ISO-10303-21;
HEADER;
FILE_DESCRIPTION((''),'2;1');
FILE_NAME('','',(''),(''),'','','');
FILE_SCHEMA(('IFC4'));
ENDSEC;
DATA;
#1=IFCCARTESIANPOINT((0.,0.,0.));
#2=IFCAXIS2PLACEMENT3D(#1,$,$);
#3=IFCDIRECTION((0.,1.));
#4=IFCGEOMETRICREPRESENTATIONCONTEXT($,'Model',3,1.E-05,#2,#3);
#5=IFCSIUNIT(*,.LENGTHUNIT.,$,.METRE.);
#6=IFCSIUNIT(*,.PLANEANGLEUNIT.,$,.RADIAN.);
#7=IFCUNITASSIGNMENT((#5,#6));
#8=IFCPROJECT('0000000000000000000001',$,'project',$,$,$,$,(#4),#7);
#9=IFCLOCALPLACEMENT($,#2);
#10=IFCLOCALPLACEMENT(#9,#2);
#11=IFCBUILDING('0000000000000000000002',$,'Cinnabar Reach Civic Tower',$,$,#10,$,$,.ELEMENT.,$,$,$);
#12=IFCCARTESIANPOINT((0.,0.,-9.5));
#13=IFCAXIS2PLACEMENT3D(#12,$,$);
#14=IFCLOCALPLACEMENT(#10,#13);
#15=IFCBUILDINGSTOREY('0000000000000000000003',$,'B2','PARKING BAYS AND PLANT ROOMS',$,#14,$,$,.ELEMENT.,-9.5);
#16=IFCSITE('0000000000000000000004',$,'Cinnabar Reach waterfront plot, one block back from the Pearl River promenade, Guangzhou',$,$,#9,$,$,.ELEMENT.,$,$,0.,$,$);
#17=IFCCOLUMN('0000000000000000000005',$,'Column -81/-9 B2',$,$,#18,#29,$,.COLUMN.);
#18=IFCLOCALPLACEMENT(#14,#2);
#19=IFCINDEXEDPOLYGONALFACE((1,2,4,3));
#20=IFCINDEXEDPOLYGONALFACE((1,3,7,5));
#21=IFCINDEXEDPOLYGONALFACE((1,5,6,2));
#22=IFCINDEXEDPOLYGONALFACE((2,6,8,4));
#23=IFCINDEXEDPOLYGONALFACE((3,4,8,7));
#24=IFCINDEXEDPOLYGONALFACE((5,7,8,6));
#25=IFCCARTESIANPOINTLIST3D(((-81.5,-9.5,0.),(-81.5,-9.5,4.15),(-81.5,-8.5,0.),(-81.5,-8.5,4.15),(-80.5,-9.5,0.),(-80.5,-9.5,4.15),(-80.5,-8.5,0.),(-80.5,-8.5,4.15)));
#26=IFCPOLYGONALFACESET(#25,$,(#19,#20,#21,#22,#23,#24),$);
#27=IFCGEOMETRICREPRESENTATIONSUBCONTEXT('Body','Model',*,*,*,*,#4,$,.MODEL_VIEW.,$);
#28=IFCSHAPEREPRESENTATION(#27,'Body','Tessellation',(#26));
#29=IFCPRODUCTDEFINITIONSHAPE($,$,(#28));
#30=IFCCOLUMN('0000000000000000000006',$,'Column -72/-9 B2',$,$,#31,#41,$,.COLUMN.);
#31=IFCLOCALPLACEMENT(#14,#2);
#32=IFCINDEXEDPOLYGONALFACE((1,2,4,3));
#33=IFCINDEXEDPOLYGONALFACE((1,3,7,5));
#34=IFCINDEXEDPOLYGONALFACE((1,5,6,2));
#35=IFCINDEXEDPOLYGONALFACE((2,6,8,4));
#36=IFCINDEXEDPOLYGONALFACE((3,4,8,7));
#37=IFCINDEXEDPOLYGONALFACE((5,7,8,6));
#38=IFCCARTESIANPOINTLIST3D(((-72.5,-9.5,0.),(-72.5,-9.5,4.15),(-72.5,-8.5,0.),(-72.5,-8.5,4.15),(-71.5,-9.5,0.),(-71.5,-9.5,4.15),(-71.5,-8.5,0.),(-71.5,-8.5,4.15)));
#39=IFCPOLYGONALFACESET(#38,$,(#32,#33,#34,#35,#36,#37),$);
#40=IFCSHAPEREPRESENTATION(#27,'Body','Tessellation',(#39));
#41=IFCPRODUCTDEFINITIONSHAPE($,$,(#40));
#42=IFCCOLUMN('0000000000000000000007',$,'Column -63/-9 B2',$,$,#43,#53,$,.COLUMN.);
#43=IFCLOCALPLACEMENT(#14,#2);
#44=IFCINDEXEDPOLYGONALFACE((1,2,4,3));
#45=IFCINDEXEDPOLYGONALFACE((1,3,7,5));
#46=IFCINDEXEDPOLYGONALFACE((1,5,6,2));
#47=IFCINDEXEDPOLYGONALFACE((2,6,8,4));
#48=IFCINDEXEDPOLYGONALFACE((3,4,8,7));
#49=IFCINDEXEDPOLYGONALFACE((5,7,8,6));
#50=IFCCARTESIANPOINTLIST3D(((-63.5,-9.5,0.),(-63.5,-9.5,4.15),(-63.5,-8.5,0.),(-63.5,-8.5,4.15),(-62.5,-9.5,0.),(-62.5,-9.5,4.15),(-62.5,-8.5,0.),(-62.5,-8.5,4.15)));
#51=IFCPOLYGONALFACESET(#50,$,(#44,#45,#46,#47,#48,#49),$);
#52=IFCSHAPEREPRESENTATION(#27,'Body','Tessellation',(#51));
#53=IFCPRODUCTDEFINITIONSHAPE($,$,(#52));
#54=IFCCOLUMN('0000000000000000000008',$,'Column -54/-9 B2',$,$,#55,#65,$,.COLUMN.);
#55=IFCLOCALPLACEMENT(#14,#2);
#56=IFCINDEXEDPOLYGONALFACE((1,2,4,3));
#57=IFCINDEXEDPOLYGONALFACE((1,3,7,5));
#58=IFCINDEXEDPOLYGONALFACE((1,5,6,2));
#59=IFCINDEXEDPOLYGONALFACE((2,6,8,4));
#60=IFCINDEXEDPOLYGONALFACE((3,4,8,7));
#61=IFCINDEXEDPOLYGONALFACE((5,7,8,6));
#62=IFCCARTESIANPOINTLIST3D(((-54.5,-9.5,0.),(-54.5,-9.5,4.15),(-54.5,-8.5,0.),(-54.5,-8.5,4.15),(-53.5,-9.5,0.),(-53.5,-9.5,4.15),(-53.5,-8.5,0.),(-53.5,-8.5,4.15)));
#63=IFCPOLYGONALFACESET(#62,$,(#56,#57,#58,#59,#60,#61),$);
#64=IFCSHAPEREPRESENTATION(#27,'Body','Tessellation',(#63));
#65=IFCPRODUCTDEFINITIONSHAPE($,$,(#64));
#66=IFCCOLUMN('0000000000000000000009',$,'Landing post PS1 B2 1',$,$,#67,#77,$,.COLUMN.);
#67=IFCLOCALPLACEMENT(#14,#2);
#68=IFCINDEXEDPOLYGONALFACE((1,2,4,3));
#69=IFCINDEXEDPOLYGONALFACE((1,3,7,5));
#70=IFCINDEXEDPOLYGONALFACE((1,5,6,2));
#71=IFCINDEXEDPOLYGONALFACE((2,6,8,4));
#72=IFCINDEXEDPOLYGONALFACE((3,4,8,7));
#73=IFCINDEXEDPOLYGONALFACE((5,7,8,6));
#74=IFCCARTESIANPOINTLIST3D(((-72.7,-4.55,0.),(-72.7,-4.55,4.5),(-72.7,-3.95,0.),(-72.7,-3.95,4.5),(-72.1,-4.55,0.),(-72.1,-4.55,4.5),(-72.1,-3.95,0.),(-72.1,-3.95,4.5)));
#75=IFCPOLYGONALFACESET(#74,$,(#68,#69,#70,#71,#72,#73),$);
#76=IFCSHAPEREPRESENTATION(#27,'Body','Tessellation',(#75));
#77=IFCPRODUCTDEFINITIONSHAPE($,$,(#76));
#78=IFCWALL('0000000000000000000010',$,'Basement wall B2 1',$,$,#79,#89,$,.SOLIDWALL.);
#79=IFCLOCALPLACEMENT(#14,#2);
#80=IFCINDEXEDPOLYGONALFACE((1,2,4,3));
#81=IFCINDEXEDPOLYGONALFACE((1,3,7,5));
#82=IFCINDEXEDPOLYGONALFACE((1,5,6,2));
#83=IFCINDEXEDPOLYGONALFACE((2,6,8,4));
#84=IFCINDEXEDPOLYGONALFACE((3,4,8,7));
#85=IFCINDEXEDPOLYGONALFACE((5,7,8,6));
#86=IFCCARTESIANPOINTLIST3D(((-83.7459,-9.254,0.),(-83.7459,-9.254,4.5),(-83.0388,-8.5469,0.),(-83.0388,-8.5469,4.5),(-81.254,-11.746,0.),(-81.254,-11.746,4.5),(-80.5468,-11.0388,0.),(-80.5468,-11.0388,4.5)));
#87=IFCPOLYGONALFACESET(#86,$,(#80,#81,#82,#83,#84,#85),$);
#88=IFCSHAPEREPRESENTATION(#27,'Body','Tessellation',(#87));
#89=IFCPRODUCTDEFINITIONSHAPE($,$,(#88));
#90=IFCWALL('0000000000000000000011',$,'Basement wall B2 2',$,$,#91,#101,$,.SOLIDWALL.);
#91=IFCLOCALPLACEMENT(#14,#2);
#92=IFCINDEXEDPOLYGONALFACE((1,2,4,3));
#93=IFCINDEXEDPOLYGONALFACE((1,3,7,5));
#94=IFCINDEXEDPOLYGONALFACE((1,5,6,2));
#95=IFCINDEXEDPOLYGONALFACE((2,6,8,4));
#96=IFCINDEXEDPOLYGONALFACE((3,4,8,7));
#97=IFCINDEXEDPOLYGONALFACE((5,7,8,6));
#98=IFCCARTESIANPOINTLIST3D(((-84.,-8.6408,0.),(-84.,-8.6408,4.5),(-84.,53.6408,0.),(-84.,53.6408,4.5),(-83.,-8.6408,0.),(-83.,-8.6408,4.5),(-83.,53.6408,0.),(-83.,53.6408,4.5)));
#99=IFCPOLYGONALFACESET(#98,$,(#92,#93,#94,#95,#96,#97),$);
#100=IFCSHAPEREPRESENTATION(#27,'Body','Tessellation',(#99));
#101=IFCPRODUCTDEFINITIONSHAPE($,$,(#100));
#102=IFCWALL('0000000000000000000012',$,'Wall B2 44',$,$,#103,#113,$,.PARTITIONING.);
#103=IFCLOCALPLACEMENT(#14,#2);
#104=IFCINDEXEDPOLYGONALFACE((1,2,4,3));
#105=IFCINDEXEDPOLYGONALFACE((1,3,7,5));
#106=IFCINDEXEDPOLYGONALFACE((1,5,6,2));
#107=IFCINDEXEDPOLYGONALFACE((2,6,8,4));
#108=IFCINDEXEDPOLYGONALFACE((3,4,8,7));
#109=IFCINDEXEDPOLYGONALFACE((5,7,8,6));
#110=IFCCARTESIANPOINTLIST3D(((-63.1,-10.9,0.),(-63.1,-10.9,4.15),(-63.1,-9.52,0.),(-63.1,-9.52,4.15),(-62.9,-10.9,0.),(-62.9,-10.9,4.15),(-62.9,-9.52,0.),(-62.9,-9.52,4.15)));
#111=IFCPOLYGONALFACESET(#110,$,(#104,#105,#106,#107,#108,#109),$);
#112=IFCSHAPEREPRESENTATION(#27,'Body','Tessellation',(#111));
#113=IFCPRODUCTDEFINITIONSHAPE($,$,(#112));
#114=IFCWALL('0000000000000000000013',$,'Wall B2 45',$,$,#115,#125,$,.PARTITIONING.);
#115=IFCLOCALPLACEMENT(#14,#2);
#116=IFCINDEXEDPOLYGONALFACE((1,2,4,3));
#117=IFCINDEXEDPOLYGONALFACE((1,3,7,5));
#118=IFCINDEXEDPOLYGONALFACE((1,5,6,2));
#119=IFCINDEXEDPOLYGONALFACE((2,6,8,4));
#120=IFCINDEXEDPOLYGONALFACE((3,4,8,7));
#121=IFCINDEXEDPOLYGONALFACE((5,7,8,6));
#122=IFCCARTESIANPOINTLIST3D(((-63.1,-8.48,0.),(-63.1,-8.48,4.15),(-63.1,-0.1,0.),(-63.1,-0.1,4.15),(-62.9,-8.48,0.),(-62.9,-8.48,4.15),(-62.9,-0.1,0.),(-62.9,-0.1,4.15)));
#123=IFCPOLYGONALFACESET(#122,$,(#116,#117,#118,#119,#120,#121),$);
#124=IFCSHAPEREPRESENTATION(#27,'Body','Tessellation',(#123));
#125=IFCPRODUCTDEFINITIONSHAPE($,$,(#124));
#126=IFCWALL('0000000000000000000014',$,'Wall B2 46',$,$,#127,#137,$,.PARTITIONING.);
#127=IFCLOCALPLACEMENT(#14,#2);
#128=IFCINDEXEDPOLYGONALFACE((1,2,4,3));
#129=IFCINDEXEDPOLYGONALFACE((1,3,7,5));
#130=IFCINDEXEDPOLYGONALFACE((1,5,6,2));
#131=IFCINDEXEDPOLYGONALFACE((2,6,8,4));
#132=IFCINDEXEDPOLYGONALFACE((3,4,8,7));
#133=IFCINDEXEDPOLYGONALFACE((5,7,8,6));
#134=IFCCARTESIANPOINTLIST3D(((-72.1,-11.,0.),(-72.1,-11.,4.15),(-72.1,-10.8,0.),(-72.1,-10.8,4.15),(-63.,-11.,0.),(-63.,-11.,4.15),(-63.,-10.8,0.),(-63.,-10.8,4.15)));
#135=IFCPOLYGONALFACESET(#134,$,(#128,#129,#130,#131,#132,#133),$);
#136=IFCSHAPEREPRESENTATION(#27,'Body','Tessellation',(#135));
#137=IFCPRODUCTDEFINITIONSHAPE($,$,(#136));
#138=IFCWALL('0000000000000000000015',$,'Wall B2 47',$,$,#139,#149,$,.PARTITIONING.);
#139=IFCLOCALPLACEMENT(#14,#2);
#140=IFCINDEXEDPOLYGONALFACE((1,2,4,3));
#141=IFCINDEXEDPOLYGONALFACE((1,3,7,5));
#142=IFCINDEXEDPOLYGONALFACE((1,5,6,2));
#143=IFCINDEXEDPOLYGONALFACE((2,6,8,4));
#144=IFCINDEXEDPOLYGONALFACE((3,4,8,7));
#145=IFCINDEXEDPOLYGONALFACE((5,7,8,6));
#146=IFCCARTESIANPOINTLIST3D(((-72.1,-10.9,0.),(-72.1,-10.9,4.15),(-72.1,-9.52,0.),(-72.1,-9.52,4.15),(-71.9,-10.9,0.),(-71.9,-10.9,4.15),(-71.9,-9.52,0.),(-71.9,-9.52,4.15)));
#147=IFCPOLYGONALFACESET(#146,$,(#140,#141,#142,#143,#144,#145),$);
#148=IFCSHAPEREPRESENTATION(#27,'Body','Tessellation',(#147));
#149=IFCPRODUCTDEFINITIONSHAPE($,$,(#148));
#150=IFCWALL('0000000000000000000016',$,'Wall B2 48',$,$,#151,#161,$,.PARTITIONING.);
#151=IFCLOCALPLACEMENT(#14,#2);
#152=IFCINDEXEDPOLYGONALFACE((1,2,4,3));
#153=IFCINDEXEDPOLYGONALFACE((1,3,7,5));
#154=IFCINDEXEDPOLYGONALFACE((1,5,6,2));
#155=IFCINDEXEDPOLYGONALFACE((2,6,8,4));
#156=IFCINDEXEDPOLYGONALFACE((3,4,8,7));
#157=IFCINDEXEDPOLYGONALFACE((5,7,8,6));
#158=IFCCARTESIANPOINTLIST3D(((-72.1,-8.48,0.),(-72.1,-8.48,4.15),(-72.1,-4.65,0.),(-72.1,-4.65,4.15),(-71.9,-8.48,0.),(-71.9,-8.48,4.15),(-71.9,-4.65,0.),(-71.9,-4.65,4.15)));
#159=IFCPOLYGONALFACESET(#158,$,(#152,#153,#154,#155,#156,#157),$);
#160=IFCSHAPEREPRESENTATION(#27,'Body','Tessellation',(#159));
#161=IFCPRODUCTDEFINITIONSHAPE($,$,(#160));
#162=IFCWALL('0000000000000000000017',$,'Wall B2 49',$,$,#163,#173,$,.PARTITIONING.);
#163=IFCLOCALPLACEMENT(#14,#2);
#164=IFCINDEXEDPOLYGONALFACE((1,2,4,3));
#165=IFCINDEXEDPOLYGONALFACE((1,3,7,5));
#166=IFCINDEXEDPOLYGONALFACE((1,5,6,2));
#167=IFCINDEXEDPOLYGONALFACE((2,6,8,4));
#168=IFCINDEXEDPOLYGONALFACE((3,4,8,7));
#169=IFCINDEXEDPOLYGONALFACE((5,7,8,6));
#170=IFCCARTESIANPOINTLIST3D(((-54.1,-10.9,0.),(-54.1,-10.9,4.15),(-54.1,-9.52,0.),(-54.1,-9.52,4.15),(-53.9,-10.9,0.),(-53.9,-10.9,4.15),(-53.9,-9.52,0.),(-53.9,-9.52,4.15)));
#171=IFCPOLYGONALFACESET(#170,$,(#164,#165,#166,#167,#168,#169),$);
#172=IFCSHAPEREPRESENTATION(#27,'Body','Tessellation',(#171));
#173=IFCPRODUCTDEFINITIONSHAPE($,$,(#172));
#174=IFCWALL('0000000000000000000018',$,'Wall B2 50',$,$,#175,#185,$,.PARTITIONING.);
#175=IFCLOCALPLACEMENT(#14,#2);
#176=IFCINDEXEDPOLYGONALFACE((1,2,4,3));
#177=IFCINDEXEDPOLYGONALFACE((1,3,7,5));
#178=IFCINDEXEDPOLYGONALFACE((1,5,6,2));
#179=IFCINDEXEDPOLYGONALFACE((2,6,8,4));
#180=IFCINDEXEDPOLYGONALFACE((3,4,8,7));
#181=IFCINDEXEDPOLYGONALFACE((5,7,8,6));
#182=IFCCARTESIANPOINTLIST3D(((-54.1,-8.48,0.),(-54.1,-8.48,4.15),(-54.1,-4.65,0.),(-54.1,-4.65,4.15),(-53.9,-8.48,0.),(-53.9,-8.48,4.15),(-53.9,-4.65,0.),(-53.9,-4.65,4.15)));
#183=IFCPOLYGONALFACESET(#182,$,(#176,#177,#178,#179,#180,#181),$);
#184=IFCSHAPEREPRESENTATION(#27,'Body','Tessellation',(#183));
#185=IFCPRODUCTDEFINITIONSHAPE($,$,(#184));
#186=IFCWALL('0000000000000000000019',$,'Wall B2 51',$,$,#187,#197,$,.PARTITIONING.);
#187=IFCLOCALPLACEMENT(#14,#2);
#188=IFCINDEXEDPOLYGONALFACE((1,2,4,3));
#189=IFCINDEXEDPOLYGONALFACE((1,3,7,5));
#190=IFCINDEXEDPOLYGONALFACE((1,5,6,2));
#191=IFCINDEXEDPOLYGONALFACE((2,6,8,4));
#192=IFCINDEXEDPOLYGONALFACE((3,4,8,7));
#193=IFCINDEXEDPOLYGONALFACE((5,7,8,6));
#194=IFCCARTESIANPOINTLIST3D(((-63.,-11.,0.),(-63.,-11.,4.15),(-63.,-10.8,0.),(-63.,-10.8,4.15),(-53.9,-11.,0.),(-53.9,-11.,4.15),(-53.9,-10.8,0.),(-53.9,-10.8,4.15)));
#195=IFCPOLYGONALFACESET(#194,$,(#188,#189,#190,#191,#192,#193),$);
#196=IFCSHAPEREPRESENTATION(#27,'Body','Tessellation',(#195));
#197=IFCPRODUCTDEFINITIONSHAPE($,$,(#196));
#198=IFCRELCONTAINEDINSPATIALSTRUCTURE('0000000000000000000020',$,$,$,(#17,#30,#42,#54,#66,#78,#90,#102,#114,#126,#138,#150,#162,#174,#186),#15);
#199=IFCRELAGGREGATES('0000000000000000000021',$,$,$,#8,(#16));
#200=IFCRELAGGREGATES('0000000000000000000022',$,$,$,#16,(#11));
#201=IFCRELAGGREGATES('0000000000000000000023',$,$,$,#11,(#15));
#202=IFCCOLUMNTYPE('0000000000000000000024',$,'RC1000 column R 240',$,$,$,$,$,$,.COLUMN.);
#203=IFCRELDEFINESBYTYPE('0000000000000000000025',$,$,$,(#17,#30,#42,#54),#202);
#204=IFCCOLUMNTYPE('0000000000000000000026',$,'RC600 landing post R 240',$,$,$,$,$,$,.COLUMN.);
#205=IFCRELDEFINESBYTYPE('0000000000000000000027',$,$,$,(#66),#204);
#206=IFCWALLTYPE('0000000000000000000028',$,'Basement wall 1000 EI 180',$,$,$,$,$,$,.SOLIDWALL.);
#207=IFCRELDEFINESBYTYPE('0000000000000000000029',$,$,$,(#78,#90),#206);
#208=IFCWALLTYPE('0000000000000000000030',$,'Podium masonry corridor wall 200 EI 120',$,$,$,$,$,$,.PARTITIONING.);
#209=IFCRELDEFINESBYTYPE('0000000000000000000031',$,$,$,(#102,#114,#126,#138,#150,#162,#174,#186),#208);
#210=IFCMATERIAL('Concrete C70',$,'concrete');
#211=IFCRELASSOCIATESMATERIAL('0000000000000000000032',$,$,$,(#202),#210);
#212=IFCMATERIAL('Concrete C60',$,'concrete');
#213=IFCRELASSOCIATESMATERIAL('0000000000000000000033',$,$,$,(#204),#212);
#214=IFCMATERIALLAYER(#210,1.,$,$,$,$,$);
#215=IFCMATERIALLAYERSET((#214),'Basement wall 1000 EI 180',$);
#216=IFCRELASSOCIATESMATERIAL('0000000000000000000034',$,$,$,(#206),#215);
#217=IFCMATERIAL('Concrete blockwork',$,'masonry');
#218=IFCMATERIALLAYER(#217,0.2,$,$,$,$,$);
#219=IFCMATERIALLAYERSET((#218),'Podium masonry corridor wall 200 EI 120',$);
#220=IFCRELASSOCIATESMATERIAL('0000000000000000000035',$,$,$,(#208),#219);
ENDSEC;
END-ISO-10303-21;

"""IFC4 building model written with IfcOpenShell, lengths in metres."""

from ifc_helpers import new_model, si_unit, direction, frame, frame_2d, origin, origin_2d, place, context, subcontext, project, spatial, rectangle, extrude, material, layer, layer_set, material_profile, profile_set, type_object, element, save


model = new_model("IFC4")

# Units and contexts
model_context = context("Model", 3, precision=1e-05, world=origin(), true_north=direction((0.0, 1.0)))
body_context = subcontext(model_context, "Body", "Model", "MODEL_VIEW")
ifc_project = project(units=[si_unit("LENGTHUNIT", "METRE"), si_unit("PLANEANGLEUNIT", "RADIAN")], contexts=[model_context])

# Site, building, storey
site_placement = place(None, origin())
site = spatial("IfcSite", under=ifc_project, at=site_placement, Name="Cinnabar Reach waterfront plot, one block back from the Pearl River promenade, Guangzhou", CompositionType="ELEMENT", RefElevation=0.0)
building_placement = place(site_placement, origin())
building = spatial("IfcBuilding", under=site, at=building_placement, Name="Cinnabar Reach Civic Tower", CompositionType="ELEMENT")
storey_placement = place(building_placement, frame((0.0, 0.0, -9.5)))
storey = spatial("IfcBuildingStorey", under=building, at=storey_placement, Name="B2", Description="PARKING BAYS AND PLANT ROOMS", CompositionType="ELEMENT", Elevation=-9.5)

# Columns
ifc_material_1 = material(Name="Concrete C70", Category="concrete")
ifc_material_profile_1 = material_profile(ifc_material_1, rectangle(XDim=1.0, YDim=1.0, at=origin_2d()), Name="RC1000")
ifc_profile_set_1 = profile_set([ifc_material_profile_1], Name="Concrete C70")
column_type_1 = type_object("IfcColumnType", Name="RC1000 column R 240", PredefinedType="COLUMN", material=ifc_profile_set_1)
for number, where, z_axis, x_axis, name in (
    (1, (-81.0, -9.0, 0.0), (0.0, 0.0, 1.0), (1.0, 0.0, 0.0), "Column -81/-9 B2"),
    (2, (-72.0, -9.0, 0.0), (0.0, 0.0, 1.0), (1.0, 0.0, 0.0), "Column -72/-9 B2"),
    (3, (-63.0, -9.0, 0.0), (0.0, 0.0, 1.0), (1.0, 0.0, 0.0), "Column -63/-9 B2"),
    (4, (-54.0, -9.0, 0.0), (0.0, 0.0, 1.0), (1.0, 0.0, 0.0), "Column -54/-9 B2"),
):
    element("IfcColumn", number, at=place(storey_placement, frame(where, z_axis=z_axis, x_axis=x_axis)), inside=storey, type_object=column_type_1, Name=name, PredefinedType="COLUMN", context=body_context, shape_type="SweptSolid", body=[
        extrude(rectangle(XDim=1.0, YDim=1.0, at=origin_2d()), origin(), (0.0, 0.0, 1.0), 4.15),
    ])
ifc_material_2 = material(Name="Concrete C60", Category="concrete")
ifc_material_profile_2 = material_profile(ifc_material_2, rectangle(XDim=0.6, YDim=0.6, at=origin_2d()), Name="RC600")
ifc_profile_set_2 = profile_set([ifc_material_profile_2], Name="Concrete C60")
column_type_2 = type_object("IfcColumnType", Name="RC600 landing post R 240", PredefinedType="COLUMN", material=ifc_profile_set_2)
column_placement = place(storey_placement, frame((-72.4, -4.25, 0.0), z_axis=(0.0, 0.0, 1.0), x_axis=(1.0, 0.0, 0.0)))
element("IfcColumn", 5, at=column_placement, inside=storey, type_object=column_type_2, Name="Landing post PS1 B2 1", PredefinedType="COLUMN", context=body_context, shape_type="SweptSolid", body=[
    extrude(rectangle(XDim=0.6, YDim=0.6, at=origin_2d()), origin(), (0.0, 0.0, 1.0), 4.5),
])

# Walls
ifc_layer_1 = layer(ifc_material_1, 1.0)
ifc_layer_set_1 = layer_set([ifc_layer_1], Name="Basement wall 1000 EI 180")
wall_type_1 = type_object("IfcWallType", Name="Basement wall 1000 EI 180", PredefinedType="SOLIDWALL", material=ifc_layer_set_1)
wall_1_placement = place(storey_placement, frame((-80.9004, -11.3924, 0.0), z_axis=(0.0, 0.0, 1.0), x_axis=(-0.707107, 0.707107, 0.0)))
element("IfcWall", 6, at=wall_1_placement, inside=storey, type_object=wall_type_1, Name="Basement wall B2 1", PredefinedType="SOLIDWALL", context=body_context, shape_type="SweptSolid", body=[
    extrude(rectangle(XDim=3.5242, YDim=1.0, at=frame_2d((1.7621, 0.0))), origin(), (0.0, 0.0, 1.0), 4.5),
])
wall_2_placement = place(storey_placement, frame((-83.5, -8.6408, 0.0), z_axis=(0.0, 0.0, 1.0), x_axis=(0.0, 1.0, 0.0)))
element("IfcWall", 7, at=wall_2_placement, inside=storey, type_object=wall_type_1, Name="Basement wall B2 2", PredefinedType="SOLIDWALL", context=body_context, shape_type="SweptSolid", body=[
    extrude(rectangle(XDim=62.2816, YDim=1.0, at=frame_2d((31.1408, 0.0))), origin(), (0.0, 0.0, 1.0), 4.5),
])
ifc_material_3 = material(Name="Concrete blockwork", Category="masonry")
ifc_layer_2 = layer(ifc_material_3, 0.2)
ifc_layer_set_2 = layer_set([ifc_layer_2], Name="Podium masonry corridor wall 200 EI 120")
wall_type_2 = type_object("IfcWallType", Name="Podium masonry corridor wall 200 EI 120", PredefinedType="PARTITIONING", material=ifc_layer_set_2)
wall_3_placement = place(storey_placement, frame((-63.0, -10.9, 0.0), z_axis=(0.0, 0.0, 1.0), x_axis=(0.0, 1.0, 0.0)))
element("IfcWall", 8, at=wall_3_placement, inside=storey, type_object=wall_type_2, Name="Wall B2 44", PredefinedType="PARTITIONING", context=body_context, shape_type="SweptSolid", body=[
    extrude(rectangle(XDim=1.38, YDim=0.2, at=frame_2d((0.69, 0.0))), origin(), (0.0, 0.0, 1.0), 4.15),
])
wall_4_placement = place(storey_placement, frame((-63.0, -8.48, 0.0), z_axis=(0.0, 0.0, 1.0), x_axis=(0.0, 1.0, 0.0)))
element("IfcWall", 9, at=wall_4_placement, inside=storey, type_object=wall_type_2, Name="Wall B2 45", PredefinedType="PARTITIONING", context=body_context, shape_type="SweptSolid", body=[
    extrude(rectangle(XDim=8.38, YDim=0.2, at=frame_2d((4.19, 0.0))), origin(), (0.0, 0.0, 1.0), 4.15),
])
wall_5_placement = place(storey_placement, frame((-72.1, -10.9, 0.0), z_axis=(0.0, 0.0, 1.0), x_axis=(1.0, 0.0, 0.0)))
element("IfcWall", 10, at=wall_5_placement, inside=storey, type_object=wall_type_2, Name="Wall B2 46", PredefinedType="PARTITIONING", context=body_context, shape_type="SweptSolid", body=[
    extrude(rectangle(XDim=9.1, YDim=0.2, at=frame_2d((4.55, 0.0))), origin(), (0.0, 0.0, 1.0), 4.15),
])
wall_6_placement = place(storey_placement, frame((-72.0, -10.9, 0.0), z_axis=(0.0, 0.0, 1.0), x_axis=(0.0, 1.0, 0.0)))
element("IfcWall", 11, at=wall_6_placement, inside=storey, type_object=wall_type_2, Name="Wall B2 47", PredefinedType="PARTITIONING", context=body_context, shape_type="SweptSolid", body=[
    extrude(rectangle(XDim=1.38, YDim=0.2, at=frame_2d((0.69, 0.0))), origin(), (0.0, 0.0, 1.0), 4.15),
])
wall_7_placement = place(storey_placement, frame((-72.0, -8.48, 0.0), z_axis=(0.0, 0.0, 1.0), x_axis=(0.0, 1.0, 0.0)))
element("IfcWall", 12, at=wall_7_placement, inside=storey, type_object=wall_type_2, Name="Wall B2 48", PredefinedType="PARTITIONING", context=body_context, shape_type="SweptSolid", body=[
    extrude(rectangle(XDim=3.83, YDim=0.2, at=frame_2d((1.915, 0.0))), origin(), (0.0, 0.0, 1.0), 4.15),
])
wall_8_placement = place(storey_placement, frame((-54.0, -10.9, 0.0), z_axis=(0.0, 0.0, 1.0), x_axis=(0.0, 1.0, 0.0)))
element("IfcWall", 13, at=wall_8_placement, inside=storey, type_object=wall_type_2, Name="Wall B2 49", PredefinedType="PARTITIONING", context=body_context, shape_type="SweptSolid", body=[
    extrude(rectangle(XDim=1.38, YDim=0.2, at=frame_2d((0.69, 0.0))), origin(), (0.0, 0.0, 1.0), 4.15),
])
wall_9_placement = place(storey_placement, frame((-54.0, -8.48, 0.0), z_axis=(0.0, 0.0, 1.0), x_axis=(0.0, 1.0, 0.0)))
element("IfcWall", 14, at=wall_9_placement, inside=storey, type_object=wall_type_2, Name="Wall B2 50", PredefinedType="PARTITIONING", context=body_context, shape_type="SweptSolid", body=[
    extrude(rectangle(XDim=3.83, YDim=0.2, at=frame_2d((1.915, 0.0))), origin(), (0.0, 0.0, 1.0), 4.15),
])
wall_10_placement = place(storey_placement, frame((-63.0, -10.9, 0.0), z_axis=(0.0, 0.0, 1.0), x_axis=(1.0, 0.0, 0.0)))
element("IfcWall", 15, at=wall_10_placement, inside=storey, type_object=wall_type_2, Name="Wall B2 51", PredefinedType="PARTITIONING", context=body_context, shape_type="SweptSolid", body=[
    extrude(rectangle(XDim=9.1, YDim=0.2, at=frame_2d((4.55, 0.0))), origin(), (0.0, 0.0, 1.0), 4.15),
])

save(model, "model.ifc")
